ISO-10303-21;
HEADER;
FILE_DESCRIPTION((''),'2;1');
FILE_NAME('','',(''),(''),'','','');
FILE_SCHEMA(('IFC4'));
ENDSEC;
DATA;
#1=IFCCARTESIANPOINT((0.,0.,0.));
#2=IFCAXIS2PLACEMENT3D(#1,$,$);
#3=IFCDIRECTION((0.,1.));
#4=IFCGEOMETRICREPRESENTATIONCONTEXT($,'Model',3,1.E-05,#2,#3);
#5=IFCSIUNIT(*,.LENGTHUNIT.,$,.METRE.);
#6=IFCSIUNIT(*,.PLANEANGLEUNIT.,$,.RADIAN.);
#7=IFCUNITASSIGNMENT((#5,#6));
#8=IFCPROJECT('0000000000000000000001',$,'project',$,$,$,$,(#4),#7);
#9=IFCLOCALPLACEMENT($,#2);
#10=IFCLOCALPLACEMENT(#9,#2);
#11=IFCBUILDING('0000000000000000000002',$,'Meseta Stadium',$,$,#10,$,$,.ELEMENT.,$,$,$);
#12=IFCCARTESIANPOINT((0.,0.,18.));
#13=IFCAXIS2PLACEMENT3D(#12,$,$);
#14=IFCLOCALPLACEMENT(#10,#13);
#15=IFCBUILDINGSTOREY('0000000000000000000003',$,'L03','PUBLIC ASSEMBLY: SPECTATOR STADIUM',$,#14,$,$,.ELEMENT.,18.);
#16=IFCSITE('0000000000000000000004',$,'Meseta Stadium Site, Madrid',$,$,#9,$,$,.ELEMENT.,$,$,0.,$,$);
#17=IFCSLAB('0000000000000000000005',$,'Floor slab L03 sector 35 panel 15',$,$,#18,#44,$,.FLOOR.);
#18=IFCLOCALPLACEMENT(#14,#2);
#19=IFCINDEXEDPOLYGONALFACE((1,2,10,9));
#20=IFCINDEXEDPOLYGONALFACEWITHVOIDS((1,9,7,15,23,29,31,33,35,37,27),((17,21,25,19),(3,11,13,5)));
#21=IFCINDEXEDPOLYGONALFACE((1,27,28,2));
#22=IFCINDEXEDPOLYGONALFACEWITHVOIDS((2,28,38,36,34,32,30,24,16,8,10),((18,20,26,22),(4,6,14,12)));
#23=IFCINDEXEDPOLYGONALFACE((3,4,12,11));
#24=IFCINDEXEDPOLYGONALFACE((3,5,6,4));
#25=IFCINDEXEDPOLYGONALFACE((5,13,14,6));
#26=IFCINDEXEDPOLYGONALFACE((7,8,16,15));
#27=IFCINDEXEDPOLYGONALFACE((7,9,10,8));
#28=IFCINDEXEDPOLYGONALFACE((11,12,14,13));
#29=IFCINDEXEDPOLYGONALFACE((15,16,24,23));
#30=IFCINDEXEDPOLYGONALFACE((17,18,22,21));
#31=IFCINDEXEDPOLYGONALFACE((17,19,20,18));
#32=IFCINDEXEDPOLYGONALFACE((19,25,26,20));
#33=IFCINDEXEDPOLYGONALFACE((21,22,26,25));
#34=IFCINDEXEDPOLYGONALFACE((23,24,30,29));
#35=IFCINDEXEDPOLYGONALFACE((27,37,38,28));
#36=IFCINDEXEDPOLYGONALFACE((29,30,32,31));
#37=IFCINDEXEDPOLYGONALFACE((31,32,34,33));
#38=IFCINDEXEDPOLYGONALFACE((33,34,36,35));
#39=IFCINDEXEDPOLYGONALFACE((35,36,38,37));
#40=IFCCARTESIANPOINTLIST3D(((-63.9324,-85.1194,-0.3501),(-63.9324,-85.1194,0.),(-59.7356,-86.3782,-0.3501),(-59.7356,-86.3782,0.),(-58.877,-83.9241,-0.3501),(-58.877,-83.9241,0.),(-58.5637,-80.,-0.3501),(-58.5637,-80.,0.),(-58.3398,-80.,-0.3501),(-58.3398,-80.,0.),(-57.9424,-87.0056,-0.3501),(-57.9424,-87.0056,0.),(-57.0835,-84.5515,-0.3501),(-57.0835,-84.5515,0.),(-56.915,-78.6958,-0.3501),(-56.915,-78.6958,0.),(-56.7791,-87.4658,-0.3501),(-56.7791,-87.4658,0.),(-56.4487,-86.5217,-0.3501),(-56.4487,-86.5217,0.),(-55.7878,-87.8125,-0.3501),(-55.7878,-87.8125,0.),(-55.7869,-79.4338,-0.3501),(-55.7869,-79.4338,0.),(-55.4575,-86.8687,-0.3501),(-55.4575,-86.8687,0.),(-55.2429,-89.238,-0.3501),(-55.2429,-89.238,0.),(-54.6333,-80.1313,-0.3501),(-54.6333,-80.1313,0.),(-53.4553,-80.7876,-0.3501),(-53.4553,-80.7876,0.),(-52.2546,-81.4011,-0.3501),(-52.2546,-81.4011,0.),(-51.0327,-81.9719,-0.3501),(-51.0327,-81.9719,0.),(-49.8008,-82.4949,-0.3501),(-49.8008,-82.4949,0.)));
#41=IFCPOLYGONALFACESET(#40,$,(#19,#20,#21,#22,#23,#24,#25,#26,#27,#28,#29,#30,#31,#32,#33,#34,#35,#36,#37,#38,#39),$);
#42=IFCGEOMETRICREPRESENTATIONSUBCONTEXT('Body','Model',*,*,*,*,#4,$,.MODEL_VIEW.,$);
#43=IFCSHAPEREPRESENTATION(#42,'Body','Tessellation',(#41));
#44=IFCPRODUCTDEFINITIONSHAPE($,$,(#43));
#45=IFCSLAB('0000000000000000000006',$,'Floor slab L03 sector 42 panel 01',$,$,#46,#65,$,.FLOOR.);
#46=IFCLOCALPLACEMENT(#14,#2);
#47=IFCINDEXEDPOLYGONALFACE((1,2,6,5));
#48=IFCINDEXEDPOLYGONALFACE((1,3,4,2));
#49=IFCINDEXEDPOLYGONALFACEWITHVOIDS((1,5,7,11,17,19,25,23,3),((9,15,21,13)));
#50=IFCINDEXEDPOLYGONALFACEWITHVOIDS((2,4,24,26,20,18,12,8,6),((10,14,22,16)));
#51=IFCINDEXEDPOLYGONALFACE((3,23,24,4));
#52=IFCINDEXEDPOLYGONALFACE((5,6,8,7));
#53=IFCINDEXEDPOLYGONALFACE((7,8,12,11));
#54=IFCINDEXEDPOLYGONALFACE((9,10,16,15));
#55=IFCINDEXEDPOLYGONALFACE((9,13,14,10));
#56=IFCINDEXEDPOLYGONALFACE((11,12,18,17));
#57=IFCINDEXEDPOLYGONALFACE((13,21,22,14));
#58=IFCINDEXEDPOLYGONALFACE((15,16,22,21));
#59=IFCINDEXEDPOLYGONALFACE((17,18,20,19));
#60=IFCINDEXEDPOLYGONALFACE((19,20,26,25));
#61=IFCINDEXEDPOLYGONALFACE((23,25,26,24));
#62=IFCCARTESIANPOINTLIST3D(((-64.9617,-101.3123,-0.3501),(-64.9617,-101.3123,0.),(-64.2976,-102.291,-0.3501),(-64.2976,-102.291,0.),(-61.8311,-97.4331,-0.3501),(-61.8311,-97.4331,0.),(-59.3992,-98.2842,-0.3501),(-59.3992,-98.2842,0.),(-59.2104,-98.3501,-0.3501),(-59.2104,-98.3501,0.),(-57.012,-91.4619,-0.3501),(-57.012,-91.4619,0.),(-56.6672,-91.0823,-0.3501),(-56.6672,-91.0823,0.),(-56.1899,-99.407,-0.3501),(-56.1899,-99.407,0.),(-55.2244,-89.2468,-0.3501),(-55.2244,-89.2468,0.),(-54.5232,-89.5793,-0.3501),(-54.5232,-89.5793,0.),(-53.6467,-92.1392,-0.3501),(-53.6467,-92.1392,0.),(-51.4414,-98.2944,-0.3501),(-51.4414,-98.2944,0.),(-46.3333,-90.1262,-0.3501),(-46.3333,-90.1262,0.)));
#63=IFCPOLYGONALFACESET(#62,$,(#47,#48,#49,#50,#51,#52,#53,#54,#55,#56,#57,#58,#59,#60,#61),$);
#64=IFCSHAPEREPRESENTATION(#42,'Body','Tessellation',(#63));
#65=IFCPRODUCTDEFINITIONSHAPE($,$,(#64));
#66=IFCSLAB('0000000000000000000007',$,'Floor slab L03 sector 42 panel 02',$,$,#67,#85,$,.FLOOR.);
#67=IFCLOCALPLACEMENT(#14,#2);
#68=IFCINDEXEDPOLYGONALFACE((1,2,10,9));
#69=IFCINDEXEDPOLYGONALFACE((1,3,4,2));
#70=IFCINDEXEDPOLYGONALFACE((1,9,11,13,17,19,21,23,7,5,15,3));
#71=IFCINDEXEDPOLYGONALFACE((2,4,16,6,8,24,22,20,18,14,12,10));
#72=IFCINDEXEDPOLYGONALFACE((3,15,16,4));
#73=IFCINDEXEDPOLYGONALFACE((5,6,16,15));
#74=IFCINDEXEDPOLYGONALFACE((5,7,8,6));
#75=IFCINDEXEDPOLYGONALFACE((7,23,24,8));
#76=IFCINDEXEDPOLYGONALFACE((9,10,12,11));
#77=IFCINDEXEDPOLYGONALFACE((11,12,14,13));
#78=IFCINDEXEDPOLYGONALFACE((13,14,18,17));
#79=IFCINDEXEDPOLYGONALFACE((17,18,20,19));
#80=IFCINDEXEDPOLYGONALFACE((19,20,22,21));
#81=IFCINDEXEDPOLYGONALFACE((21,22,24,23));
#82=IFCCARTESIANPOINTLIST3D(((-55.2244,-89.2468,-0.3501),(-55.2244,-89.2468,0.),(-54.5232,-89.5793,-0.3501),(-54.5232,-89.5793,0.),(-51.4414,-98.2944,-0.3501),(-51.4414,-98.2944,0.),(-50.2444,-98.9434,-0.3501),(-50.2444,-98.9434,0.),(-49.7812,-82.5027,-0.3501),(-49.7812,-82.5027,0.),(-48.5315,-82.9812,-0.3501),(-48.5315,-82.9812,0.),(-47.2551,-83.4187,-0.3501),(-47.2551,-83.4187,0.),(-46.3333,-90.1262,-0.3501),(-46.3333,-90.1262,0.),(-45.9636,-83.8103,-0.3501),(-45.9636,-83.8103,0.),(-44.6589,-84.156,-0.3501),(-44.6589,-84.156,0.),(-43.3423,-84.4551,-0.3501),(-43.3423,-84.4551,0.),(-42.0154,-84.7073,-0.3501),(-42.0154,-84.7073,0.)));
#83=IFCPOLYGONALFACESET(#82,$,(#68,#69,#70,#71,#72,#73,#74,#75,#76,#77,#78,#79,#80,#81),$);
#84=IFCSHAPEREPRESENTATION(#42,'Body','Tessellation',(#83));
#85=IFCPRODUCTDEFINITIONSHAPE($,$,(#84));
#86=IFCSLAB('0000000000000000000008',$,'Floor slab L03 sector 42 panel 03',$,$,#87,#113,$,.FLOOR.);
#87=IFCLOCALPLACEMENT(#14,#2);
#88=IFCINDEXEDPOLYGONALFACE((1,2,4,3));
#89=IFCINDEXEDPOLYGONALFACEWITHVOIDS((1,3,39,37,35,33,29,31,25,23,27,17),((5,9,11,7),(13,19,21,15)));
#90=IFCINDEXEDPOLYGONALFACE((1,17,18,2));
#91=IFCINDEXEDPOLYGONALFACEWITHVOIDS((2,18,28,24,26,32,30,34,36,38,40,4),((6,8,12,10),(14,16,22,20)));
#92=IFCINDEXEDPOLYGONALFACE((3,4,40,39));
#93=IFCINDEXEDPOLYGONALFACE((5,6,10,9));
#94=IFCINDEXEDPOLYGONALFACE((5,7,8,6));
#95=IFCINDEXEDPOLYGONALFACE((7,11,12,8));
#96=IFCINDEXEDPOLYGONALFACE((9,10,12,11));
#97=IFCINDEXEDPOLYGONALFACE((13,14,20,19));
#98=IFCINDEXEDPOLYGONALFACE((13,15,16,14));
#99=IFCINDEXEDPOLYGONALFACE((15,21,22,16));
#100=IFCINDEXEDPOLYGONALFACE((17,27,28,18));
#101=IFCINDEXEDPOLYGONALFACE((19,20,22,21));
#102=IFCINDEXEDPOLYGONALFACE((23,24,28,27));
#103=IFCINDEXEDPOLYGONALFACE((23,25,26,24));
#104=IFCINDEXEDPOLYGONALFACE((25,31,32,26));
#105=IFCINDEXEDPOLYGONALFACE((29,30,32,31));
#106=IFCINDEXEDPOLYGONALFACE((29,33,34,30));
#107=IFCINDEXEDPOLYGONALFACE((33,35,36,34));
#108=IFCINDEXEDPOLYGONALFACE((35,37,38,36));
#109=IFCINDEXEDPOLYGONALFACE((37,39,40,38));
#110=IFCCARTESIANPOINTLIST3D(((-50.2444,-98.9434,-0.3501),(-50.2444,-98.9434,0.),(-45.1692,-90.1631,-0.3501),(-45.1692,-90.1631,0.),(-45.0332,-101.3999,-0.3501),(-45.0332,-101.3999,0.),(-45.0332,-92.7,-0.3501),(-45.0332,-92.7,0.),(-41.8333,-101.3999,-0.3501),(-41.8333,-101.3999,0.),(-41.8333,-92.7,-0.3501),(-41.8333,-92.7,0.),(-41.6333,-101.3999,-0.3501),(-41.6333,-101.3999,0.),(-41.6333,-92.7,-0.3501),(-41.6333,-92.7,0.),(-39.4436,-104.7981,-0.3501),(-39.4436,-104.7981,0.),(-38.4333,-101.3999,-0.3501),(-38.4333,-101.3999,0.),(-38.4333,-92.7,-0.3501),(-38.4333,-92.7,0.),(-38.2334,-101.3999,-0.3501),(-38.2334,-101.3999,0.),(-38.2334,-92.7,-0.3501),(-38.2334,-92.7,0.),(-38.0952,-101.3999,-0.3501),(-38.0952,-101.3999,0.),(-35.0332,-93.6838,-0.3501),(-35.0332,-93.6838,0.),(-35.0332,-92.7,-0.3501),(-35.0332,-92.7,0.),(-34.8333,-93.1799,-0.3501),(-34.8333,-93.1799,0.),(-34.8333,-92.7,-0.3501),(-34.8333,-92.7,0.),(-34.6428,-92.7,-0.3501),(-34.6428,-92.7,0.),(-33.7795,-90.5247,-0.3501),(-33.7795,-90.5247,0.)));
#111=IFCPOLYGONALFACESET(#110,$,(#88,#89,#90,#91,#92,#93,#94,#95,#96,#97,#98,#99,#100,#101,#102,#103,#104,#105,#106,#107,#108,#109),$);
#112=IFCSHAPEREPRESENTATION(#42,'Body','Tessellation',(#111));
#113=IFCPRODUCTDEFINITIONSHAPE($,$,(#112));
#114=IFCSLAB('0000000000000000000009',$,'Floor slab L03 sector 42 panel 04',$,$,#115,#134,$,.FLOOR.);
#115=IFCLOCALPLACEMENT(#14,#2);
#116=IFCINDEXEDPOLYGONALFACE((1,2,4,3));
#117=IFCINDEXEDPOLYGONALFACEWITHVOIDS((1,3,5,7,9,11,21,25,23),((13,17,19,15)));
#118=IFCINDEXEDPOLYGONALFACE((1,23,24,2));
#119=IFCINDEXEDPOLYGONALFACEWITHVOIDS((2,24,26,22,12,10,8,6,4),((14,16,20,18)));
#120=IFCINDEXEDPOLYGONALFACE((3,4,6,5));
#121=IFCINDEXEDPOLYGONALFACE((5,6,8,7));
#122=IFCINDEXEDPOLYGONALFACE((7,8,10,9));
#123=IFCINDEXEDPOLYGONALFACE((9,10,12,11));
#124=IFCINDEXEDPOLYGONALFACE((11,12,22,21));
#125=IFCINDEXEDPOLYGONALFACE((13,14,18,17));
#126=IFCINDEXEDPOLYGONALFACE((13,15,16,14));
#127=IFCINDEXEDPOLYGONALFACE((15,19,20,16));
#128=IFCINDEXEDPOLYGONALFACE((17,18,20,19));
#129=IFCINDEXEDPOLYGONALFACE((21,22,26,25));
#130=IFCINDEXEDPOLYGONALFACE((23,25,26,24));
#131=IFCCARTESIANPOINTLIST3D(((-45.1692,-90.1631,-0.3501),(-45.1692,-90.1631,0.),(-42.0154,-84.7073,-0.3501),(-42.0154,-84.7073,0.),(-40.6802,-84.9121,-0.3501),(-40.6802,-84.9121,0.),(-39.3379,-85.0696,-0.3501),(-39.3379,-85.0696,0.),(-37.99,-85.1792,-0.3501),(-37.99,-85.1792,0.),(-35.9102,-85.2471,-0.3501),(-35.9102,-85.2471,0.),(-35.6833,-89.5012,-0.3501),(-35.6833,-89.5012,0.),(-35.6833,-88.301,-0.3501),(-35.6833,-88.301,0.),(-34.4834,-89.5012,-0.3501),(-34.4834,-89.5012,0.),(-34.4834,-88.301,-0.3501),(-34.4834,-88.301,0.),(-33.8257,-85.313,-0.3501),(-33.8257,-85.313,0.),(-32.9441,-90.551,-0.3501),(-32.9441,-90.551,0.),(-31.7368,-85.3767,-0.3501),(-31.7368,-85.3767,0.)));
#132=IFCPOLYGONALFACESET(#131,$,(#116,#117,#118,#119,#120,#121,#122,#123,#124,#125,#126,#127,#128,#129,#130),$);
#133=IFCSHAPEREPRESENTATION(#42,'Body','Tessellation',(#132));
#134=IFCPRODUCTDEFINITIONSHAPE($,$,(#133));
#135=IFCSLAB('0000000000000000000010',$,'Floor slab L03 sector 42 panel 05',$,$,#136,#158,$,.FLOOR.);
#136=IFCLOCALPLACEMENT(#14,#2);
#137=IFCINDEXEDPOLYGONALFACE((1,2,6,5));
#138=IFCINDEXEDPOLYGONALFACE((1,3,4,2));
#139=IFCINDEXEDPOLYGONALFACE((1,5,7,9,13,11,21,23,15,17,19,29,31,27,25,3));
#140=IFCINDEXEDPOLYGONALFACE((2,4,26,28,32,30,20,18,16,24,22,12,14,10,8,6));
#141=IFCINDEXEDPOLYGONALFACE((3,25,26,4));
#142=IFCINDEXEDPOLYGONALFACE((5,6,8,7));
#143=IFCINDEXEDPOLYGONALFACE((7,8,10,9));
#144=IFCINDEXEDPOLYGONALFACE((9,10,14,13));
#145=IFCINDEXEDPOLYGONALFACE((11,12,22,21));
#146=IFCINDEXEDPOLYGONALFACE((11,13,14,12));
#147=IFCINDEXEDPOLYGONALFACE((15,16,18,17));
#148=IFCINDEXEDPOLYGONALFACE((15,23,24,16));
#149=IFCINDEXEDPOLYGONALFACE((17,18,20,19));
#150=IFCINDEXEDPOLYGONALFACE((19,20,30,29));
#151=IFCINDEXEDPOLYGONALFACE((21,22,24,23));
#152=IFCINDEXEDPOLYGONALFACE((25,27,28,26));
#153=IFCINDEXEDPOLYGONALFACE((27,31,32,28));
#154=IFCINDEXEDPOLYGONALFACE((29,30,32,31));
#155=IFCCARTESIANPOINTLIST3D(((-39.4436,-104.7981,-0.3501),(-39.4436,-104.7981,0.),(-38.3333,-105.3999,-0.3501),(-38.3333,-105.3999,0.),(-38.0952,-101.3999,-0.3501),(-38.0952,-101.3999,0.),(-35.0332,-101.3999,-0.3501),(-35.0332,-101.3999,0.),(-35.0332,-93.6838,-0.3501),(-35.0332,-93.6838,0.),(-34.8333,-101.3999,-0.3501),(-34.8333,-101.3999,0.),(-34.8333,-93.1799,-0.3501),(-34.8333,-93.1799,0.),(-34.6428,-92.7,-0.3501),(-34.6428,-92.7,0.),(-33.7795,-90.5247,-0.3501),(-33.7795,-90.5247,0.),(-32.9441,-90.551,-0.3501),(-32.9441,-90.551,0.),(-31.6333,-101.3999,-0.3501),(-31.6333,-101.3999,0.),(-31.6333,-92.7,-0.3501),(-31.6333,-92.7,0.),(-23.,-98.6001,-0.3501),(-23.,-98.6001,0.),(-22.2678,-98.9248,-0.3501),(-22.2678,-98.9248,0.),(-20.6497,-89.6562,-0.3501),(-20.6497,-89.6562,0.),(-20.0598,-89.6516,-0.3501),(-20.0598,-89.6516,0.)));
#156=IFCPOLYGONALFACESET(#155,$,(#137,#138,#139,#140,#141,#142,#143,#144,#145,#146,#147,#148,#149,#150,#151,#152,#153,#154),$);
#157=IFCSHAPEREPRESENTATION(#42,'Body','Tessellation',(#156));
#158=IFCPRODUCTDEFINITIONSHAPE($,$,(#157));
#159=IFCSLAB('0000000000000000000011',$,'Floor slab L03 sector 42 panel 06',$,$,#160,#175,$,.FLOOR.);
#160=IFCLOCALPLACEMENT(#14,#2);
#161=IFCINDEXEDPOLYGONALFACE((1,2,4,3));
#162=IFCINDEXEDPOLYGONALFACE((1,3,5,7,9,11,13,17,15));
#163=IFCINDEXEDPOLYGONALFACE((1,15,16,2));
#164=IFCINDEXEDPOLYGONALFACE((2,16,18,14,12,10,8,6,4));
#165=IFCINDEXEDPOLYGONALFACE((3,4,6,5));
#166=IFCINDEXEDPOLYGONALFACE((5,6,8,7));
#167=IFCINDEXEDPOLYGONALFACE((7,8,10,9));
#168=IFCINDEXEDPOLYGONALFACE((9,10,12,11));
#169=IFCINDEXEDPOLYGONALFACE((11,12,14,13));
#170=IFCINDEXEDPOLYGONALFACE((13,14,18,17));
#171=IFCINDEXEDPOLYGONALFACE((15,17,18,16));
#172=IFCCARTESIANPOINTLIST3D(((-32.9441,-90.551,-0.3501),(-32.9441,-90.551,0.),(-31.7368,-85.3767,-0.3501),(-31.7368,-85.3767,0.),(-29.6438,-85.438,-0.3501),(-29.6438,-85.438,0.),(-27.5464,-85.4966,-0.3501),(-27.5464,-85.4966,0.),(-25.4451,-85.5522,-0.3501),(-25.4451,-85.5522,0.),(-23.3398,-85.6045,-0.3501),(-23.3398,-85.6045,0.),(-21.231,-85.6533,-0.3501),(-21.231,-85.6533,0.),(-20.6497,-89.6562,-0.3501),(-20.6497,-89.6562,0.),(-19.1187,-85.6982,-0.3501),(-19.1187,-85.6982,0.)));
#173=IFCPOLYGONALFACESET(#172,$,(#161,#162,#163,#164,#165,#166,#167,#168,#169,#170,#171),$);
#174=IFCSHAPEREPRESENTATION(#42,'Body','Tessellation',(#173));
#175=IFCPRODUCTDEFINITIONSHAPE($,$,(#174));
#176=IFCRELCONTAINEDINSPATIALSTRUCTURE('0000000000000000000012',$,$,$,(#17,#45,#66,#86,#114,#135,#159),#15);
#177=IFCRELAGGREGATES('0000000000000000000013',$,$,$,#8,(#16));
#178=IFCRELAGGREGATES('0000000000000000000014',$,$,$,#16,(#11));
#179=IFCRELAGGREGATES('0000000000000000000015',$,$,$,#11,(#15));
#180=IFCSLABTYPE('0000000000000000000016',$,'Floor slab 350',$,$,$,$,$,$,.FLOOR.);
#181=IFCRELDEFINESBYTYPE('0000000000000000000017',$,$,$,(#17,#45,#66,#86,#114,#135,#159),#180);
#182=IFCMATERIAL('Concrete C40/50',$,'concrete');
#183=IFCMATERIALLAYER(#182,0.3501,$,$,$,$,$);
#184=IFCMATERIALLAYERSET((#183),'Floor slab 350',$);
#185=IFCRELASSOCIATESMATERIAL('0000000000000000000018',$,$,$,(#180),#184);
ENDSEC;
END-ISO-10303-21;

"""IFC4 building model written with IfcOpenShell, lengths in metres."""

from ifc_helpers import new_model, si_unit, direction, frame, origin, place, context, subcontext, project, spatial, polyline, outline, extrude, material, layer, layer_set, type_object, element, save


model = new_model("IFC4")

# Units and contexts
model_context = context("Model", 3, precision=1e-05, world=origin(), true_north=direction((0.0, 1.0)))
body_context = subcontext(model_context, "Body", "Model", "MODEL_VIEW")
ifc_project = project(units=[si_unit("LENGTHUNIT", "METRE"), si_unit("PLANEANGLEUNIT", "RADIAN")], contexts=[model_context])

# Site, building, storey
site_placement = place(None, origin())
site = spatial("IfcSite", under=ifc_project, at=site_placement, Name="Meseta Stadium Site, Madrid", CompositionType="ELEMENT", RefElevation=0.0)
building_placement = place(site_placement, origin())
building = spatial("IfcBuilding", under=site, at=building_placement, Name="Meseta Stadium", CompositionType="ELEMENT")
storey_placement = place(building_placement, frame((0.0, 0.0, 18.0)))
storey = spatial("IfcBuildingStorey", under=building, at=storey_placement, Name="L03", Description="PUBLIC ASSEMBLY: SPECTATOR STADIUM", CompositionType="ELEMENT", Elevation=18.0)

# Slabs
ifc_material_1 = material(Name="Concrete C40/50", Category="concrete")
ifc_layer_1 = layer(ifc_material_1, 0.3501)
ifc_layer_set_1 = layer_set([ifc_layer_1], Name="Floor slab 350")
slab_type_1 = type_object("IfcSlabType", Name="Floor slab 350", PredefinedType="FLOOR", material=ifc_layer_set_1)
slab_1_placement = place(storey_placement, frame((0.0, 0.0, -0.3501)))
element("IfcSlab", 1, at=slab_1_placement, inside=storey, type_object=slab_type_1, Name="Floor slab L03 sector 35 panel 15", PredefinedType="FLOOR", context=body_context, shape_type="SweptSolid", body=[
    extrude(outline(polyline([(-54.6333, -80.1313), (-55.7869, -79.4338), (-56.915, -78.6958), (-58.5637, -80.0), (-58.3398, -80.0), (-63.9324, -85.1194), (-55.2429, -89.238), (-49.8008, -82.4949), (-51.0327, -81.9719), (-52.2546, -81.4011), (-53.4553, -80.7876), (-54.6333, -80.1313)]), holes=[polyline([(-57.9424, -87.0056), (-59.7356, -86.3782), (-58.877, -83.9241), (-57.0835, -84.5515), (-57.9424, -87.0056)]), polyline([(-55.7878, -87.8125), (-56.7791, -87.4658), (-56.4487, -86.5217), (-55.4575, -86.8687), (-55.7878, -87.8125)])]), origin(), (0.0, 0.0, 1.0), 0.3501),
])
slab_2_placement = place(storey_placement, frame((0.0, 0.0, -0.3501)))
element("IfcSlab", 2, at=slab_2_placement, inside=storey, type_object=slab_type_1, Name="Floor slab L03 sector 42 panel 01", PredefinedType="FLOOR", context=body_context, shape_type="SweptSolid", body=[
    extrude(outline(polyline([(-59.3992, -98.2842), (-61.8311, -97.4331), (-64.9617, -101.3123), (-64.2976, -102.291), (-51.4414, -98.2944), (-46.3333, -90.1262), (-54.5232, -89.5793), (-55.2244, -89.2468), (-57.012, -91.4619), (-59.3992, -98.2842)]), holes=[polyline([(-56.6672, -91.0823), (-53.6467, -92.1392), (-56.1899, -99.407), (-59.2104, -98.3501), (-56.6672, -91.0823)])]), origin(), (0.0, 0.0, 1.0), 0.3501),
])
slab_3_placement = place(storey_placement, frame((0.0, 0.0, -0.3501)))
element("IfcSlab", 3, at=slab_3_placement, inside=storey, type_object=slab_type_1, Name="Floor slab L03 sector 42 panel 02", PredefinedType="FLOOR", context=body_context, shape_type="SweptSolid", body=[
    extrude(outline(polyline([(-44.6589, -84.156), (-45.9636, -83.8103), (-47.2551, -83.4187), (-48.5315, -82.9812), (-49.7812, -82.5027), (-55.2244, -89.2468), (-54.5232, -89.5793), (-46.3333, -90.1262), (-51.4414, -98.2944), (-50.2444, -98.9434), (-42.0154, -84.7073), (-43.3423, -84.4551), (-44.6589, -84.156)])), origin(), (0.0, 0.0, 1.0), 0.3501),
])
slab_4_placement = place(storey_placement, frame((0.0, 0.0, -0.3501)))
element("IfcSlab", 4, at=slab_4_placement, inside=storey, type_object=slab_type_1, Name="Floor slab L03 sector 42 panel 03", PredefinedType="FLOOR", context=body_context, shape_type="SweptSolid", body=[
    extrude(outline(polyline([(-45.1692, -90.1631), (-50.2444, -98.9434), (-39.4436, -104.7981), (-38.0952, -101.3999), (-38.2334, -101.3999), (-38.2334, -92.7), (-35.0332, -92.7), (-35.0332, -93.6838), (-34.8333, -93.1799), (-34.8333, -92.7), (-34.6428, -92.7), (-33.7795, -90.5247), (-45.1692, -90.1631)]), holes=[polyline([(-41.6333, -92.7), (-38.4333, -92.7), (-38.4333, -101.3999), (-41.6333, -101.3999), (-41.6333, -92.7)]), polyline([(-45.0332, -92.7), (-41.8333, -92.7), (-41.8333, -101.3999), (-45.0332, -101.3999), (-45.0332, -92.7)])]), origin(), (0.0, 0.0, 1.0), 0.3501),
])
slab_5_placement = place(storey_placement, frame((0.0, 0.0, -0.3501)))
element("IfcSlab", 5, at=slab_5_placement, inside=storey, type_object=slab_type_1, Name="Floor slab L03 sector 42 panel 04", PredefinedType="FLOOR", context=body_context, shape_type="SweptSolid", body=[
    extrude(outline(polyline([(-35.9102, -85.2471), (-37.99, -85.1792), (-39.3379, -85.0696), (-40.6802, -84.9121), (-42.0154, -84.7073), (-45.1692, -90.1631), (-32.9441, -90.551), (-31.7368, -85.3767), (-33.8257, -85.313), (-35.9102, -85.2471)]), holes=[polyline([(-35.6833, -88.301), (-34.4834, -88.301), (-34.4834, -89.5012), (-35.6833, -89.5012), (-35.6833, -88.301)])]), origin(), (0.0, 0.0, 1.0), 0.3501),
])
slab_6_placement = place(storey_placement, frame((0.0, 0.0, -0.3501)))
element("IfcSlab", 6, at=slab_6_placement, inside=storey, type_object=slab_type_1, Name="Floor slab L03 sector 42 panel 05", PredefinedType="FLOOR", context=body_context, shape_type="SweptSolid", body=[
    extrude(outline(polyline([(-35.0332, -93.6838), (-35.0332, -101.3999), (-38.0952, -101.3999), (-39.4436, -104.7981), (-38.3333, -105.3999), (-23.0, -98.6001), (-22.2678, -98.9248), (-20.0598, -89.6516), (-20.6497, -89.6562), (-32.9441, -90.551), (-33.7795, -90.5247), (-34.6428, -92.7), (-31.6333, -92.7), (-31.6333, -101.3999), (-34.8333, -101.3999), (-34.8333, -93.1799), (-35.0332, -93.6838)])), origin(), (0.0, 0.0, 1.0), 0.3501),
])
slab_7_placement = place(storey_placement, frame((0.0, 0.0, -0.3501)))
element("IfcSlab", 7, at=slab_7_placement, inside=storey, type_object=slab_type_1, Name="Floor slab L03 sector 42 panel 06", PredefinedType="FLOOR", context=body_context, shape_type="SweptSolid", body=[
    extrude(outline(polyline([(-27.5464, -85.4966), (-29.6438, -85.438), (-31.7368, -85.3767), (-32.9441, -90.551), (-20.6497, -89.6562), (-19.1187, -85.6982), (-21.231, -85.6533), (-23.3398, -85.6045), (-25.4451, -85.5522), (-27.5464, -85.4966)])), origin(), (0.0, 0.0, 1.0), 0.3501),
])

save(model, "model.ifc")
